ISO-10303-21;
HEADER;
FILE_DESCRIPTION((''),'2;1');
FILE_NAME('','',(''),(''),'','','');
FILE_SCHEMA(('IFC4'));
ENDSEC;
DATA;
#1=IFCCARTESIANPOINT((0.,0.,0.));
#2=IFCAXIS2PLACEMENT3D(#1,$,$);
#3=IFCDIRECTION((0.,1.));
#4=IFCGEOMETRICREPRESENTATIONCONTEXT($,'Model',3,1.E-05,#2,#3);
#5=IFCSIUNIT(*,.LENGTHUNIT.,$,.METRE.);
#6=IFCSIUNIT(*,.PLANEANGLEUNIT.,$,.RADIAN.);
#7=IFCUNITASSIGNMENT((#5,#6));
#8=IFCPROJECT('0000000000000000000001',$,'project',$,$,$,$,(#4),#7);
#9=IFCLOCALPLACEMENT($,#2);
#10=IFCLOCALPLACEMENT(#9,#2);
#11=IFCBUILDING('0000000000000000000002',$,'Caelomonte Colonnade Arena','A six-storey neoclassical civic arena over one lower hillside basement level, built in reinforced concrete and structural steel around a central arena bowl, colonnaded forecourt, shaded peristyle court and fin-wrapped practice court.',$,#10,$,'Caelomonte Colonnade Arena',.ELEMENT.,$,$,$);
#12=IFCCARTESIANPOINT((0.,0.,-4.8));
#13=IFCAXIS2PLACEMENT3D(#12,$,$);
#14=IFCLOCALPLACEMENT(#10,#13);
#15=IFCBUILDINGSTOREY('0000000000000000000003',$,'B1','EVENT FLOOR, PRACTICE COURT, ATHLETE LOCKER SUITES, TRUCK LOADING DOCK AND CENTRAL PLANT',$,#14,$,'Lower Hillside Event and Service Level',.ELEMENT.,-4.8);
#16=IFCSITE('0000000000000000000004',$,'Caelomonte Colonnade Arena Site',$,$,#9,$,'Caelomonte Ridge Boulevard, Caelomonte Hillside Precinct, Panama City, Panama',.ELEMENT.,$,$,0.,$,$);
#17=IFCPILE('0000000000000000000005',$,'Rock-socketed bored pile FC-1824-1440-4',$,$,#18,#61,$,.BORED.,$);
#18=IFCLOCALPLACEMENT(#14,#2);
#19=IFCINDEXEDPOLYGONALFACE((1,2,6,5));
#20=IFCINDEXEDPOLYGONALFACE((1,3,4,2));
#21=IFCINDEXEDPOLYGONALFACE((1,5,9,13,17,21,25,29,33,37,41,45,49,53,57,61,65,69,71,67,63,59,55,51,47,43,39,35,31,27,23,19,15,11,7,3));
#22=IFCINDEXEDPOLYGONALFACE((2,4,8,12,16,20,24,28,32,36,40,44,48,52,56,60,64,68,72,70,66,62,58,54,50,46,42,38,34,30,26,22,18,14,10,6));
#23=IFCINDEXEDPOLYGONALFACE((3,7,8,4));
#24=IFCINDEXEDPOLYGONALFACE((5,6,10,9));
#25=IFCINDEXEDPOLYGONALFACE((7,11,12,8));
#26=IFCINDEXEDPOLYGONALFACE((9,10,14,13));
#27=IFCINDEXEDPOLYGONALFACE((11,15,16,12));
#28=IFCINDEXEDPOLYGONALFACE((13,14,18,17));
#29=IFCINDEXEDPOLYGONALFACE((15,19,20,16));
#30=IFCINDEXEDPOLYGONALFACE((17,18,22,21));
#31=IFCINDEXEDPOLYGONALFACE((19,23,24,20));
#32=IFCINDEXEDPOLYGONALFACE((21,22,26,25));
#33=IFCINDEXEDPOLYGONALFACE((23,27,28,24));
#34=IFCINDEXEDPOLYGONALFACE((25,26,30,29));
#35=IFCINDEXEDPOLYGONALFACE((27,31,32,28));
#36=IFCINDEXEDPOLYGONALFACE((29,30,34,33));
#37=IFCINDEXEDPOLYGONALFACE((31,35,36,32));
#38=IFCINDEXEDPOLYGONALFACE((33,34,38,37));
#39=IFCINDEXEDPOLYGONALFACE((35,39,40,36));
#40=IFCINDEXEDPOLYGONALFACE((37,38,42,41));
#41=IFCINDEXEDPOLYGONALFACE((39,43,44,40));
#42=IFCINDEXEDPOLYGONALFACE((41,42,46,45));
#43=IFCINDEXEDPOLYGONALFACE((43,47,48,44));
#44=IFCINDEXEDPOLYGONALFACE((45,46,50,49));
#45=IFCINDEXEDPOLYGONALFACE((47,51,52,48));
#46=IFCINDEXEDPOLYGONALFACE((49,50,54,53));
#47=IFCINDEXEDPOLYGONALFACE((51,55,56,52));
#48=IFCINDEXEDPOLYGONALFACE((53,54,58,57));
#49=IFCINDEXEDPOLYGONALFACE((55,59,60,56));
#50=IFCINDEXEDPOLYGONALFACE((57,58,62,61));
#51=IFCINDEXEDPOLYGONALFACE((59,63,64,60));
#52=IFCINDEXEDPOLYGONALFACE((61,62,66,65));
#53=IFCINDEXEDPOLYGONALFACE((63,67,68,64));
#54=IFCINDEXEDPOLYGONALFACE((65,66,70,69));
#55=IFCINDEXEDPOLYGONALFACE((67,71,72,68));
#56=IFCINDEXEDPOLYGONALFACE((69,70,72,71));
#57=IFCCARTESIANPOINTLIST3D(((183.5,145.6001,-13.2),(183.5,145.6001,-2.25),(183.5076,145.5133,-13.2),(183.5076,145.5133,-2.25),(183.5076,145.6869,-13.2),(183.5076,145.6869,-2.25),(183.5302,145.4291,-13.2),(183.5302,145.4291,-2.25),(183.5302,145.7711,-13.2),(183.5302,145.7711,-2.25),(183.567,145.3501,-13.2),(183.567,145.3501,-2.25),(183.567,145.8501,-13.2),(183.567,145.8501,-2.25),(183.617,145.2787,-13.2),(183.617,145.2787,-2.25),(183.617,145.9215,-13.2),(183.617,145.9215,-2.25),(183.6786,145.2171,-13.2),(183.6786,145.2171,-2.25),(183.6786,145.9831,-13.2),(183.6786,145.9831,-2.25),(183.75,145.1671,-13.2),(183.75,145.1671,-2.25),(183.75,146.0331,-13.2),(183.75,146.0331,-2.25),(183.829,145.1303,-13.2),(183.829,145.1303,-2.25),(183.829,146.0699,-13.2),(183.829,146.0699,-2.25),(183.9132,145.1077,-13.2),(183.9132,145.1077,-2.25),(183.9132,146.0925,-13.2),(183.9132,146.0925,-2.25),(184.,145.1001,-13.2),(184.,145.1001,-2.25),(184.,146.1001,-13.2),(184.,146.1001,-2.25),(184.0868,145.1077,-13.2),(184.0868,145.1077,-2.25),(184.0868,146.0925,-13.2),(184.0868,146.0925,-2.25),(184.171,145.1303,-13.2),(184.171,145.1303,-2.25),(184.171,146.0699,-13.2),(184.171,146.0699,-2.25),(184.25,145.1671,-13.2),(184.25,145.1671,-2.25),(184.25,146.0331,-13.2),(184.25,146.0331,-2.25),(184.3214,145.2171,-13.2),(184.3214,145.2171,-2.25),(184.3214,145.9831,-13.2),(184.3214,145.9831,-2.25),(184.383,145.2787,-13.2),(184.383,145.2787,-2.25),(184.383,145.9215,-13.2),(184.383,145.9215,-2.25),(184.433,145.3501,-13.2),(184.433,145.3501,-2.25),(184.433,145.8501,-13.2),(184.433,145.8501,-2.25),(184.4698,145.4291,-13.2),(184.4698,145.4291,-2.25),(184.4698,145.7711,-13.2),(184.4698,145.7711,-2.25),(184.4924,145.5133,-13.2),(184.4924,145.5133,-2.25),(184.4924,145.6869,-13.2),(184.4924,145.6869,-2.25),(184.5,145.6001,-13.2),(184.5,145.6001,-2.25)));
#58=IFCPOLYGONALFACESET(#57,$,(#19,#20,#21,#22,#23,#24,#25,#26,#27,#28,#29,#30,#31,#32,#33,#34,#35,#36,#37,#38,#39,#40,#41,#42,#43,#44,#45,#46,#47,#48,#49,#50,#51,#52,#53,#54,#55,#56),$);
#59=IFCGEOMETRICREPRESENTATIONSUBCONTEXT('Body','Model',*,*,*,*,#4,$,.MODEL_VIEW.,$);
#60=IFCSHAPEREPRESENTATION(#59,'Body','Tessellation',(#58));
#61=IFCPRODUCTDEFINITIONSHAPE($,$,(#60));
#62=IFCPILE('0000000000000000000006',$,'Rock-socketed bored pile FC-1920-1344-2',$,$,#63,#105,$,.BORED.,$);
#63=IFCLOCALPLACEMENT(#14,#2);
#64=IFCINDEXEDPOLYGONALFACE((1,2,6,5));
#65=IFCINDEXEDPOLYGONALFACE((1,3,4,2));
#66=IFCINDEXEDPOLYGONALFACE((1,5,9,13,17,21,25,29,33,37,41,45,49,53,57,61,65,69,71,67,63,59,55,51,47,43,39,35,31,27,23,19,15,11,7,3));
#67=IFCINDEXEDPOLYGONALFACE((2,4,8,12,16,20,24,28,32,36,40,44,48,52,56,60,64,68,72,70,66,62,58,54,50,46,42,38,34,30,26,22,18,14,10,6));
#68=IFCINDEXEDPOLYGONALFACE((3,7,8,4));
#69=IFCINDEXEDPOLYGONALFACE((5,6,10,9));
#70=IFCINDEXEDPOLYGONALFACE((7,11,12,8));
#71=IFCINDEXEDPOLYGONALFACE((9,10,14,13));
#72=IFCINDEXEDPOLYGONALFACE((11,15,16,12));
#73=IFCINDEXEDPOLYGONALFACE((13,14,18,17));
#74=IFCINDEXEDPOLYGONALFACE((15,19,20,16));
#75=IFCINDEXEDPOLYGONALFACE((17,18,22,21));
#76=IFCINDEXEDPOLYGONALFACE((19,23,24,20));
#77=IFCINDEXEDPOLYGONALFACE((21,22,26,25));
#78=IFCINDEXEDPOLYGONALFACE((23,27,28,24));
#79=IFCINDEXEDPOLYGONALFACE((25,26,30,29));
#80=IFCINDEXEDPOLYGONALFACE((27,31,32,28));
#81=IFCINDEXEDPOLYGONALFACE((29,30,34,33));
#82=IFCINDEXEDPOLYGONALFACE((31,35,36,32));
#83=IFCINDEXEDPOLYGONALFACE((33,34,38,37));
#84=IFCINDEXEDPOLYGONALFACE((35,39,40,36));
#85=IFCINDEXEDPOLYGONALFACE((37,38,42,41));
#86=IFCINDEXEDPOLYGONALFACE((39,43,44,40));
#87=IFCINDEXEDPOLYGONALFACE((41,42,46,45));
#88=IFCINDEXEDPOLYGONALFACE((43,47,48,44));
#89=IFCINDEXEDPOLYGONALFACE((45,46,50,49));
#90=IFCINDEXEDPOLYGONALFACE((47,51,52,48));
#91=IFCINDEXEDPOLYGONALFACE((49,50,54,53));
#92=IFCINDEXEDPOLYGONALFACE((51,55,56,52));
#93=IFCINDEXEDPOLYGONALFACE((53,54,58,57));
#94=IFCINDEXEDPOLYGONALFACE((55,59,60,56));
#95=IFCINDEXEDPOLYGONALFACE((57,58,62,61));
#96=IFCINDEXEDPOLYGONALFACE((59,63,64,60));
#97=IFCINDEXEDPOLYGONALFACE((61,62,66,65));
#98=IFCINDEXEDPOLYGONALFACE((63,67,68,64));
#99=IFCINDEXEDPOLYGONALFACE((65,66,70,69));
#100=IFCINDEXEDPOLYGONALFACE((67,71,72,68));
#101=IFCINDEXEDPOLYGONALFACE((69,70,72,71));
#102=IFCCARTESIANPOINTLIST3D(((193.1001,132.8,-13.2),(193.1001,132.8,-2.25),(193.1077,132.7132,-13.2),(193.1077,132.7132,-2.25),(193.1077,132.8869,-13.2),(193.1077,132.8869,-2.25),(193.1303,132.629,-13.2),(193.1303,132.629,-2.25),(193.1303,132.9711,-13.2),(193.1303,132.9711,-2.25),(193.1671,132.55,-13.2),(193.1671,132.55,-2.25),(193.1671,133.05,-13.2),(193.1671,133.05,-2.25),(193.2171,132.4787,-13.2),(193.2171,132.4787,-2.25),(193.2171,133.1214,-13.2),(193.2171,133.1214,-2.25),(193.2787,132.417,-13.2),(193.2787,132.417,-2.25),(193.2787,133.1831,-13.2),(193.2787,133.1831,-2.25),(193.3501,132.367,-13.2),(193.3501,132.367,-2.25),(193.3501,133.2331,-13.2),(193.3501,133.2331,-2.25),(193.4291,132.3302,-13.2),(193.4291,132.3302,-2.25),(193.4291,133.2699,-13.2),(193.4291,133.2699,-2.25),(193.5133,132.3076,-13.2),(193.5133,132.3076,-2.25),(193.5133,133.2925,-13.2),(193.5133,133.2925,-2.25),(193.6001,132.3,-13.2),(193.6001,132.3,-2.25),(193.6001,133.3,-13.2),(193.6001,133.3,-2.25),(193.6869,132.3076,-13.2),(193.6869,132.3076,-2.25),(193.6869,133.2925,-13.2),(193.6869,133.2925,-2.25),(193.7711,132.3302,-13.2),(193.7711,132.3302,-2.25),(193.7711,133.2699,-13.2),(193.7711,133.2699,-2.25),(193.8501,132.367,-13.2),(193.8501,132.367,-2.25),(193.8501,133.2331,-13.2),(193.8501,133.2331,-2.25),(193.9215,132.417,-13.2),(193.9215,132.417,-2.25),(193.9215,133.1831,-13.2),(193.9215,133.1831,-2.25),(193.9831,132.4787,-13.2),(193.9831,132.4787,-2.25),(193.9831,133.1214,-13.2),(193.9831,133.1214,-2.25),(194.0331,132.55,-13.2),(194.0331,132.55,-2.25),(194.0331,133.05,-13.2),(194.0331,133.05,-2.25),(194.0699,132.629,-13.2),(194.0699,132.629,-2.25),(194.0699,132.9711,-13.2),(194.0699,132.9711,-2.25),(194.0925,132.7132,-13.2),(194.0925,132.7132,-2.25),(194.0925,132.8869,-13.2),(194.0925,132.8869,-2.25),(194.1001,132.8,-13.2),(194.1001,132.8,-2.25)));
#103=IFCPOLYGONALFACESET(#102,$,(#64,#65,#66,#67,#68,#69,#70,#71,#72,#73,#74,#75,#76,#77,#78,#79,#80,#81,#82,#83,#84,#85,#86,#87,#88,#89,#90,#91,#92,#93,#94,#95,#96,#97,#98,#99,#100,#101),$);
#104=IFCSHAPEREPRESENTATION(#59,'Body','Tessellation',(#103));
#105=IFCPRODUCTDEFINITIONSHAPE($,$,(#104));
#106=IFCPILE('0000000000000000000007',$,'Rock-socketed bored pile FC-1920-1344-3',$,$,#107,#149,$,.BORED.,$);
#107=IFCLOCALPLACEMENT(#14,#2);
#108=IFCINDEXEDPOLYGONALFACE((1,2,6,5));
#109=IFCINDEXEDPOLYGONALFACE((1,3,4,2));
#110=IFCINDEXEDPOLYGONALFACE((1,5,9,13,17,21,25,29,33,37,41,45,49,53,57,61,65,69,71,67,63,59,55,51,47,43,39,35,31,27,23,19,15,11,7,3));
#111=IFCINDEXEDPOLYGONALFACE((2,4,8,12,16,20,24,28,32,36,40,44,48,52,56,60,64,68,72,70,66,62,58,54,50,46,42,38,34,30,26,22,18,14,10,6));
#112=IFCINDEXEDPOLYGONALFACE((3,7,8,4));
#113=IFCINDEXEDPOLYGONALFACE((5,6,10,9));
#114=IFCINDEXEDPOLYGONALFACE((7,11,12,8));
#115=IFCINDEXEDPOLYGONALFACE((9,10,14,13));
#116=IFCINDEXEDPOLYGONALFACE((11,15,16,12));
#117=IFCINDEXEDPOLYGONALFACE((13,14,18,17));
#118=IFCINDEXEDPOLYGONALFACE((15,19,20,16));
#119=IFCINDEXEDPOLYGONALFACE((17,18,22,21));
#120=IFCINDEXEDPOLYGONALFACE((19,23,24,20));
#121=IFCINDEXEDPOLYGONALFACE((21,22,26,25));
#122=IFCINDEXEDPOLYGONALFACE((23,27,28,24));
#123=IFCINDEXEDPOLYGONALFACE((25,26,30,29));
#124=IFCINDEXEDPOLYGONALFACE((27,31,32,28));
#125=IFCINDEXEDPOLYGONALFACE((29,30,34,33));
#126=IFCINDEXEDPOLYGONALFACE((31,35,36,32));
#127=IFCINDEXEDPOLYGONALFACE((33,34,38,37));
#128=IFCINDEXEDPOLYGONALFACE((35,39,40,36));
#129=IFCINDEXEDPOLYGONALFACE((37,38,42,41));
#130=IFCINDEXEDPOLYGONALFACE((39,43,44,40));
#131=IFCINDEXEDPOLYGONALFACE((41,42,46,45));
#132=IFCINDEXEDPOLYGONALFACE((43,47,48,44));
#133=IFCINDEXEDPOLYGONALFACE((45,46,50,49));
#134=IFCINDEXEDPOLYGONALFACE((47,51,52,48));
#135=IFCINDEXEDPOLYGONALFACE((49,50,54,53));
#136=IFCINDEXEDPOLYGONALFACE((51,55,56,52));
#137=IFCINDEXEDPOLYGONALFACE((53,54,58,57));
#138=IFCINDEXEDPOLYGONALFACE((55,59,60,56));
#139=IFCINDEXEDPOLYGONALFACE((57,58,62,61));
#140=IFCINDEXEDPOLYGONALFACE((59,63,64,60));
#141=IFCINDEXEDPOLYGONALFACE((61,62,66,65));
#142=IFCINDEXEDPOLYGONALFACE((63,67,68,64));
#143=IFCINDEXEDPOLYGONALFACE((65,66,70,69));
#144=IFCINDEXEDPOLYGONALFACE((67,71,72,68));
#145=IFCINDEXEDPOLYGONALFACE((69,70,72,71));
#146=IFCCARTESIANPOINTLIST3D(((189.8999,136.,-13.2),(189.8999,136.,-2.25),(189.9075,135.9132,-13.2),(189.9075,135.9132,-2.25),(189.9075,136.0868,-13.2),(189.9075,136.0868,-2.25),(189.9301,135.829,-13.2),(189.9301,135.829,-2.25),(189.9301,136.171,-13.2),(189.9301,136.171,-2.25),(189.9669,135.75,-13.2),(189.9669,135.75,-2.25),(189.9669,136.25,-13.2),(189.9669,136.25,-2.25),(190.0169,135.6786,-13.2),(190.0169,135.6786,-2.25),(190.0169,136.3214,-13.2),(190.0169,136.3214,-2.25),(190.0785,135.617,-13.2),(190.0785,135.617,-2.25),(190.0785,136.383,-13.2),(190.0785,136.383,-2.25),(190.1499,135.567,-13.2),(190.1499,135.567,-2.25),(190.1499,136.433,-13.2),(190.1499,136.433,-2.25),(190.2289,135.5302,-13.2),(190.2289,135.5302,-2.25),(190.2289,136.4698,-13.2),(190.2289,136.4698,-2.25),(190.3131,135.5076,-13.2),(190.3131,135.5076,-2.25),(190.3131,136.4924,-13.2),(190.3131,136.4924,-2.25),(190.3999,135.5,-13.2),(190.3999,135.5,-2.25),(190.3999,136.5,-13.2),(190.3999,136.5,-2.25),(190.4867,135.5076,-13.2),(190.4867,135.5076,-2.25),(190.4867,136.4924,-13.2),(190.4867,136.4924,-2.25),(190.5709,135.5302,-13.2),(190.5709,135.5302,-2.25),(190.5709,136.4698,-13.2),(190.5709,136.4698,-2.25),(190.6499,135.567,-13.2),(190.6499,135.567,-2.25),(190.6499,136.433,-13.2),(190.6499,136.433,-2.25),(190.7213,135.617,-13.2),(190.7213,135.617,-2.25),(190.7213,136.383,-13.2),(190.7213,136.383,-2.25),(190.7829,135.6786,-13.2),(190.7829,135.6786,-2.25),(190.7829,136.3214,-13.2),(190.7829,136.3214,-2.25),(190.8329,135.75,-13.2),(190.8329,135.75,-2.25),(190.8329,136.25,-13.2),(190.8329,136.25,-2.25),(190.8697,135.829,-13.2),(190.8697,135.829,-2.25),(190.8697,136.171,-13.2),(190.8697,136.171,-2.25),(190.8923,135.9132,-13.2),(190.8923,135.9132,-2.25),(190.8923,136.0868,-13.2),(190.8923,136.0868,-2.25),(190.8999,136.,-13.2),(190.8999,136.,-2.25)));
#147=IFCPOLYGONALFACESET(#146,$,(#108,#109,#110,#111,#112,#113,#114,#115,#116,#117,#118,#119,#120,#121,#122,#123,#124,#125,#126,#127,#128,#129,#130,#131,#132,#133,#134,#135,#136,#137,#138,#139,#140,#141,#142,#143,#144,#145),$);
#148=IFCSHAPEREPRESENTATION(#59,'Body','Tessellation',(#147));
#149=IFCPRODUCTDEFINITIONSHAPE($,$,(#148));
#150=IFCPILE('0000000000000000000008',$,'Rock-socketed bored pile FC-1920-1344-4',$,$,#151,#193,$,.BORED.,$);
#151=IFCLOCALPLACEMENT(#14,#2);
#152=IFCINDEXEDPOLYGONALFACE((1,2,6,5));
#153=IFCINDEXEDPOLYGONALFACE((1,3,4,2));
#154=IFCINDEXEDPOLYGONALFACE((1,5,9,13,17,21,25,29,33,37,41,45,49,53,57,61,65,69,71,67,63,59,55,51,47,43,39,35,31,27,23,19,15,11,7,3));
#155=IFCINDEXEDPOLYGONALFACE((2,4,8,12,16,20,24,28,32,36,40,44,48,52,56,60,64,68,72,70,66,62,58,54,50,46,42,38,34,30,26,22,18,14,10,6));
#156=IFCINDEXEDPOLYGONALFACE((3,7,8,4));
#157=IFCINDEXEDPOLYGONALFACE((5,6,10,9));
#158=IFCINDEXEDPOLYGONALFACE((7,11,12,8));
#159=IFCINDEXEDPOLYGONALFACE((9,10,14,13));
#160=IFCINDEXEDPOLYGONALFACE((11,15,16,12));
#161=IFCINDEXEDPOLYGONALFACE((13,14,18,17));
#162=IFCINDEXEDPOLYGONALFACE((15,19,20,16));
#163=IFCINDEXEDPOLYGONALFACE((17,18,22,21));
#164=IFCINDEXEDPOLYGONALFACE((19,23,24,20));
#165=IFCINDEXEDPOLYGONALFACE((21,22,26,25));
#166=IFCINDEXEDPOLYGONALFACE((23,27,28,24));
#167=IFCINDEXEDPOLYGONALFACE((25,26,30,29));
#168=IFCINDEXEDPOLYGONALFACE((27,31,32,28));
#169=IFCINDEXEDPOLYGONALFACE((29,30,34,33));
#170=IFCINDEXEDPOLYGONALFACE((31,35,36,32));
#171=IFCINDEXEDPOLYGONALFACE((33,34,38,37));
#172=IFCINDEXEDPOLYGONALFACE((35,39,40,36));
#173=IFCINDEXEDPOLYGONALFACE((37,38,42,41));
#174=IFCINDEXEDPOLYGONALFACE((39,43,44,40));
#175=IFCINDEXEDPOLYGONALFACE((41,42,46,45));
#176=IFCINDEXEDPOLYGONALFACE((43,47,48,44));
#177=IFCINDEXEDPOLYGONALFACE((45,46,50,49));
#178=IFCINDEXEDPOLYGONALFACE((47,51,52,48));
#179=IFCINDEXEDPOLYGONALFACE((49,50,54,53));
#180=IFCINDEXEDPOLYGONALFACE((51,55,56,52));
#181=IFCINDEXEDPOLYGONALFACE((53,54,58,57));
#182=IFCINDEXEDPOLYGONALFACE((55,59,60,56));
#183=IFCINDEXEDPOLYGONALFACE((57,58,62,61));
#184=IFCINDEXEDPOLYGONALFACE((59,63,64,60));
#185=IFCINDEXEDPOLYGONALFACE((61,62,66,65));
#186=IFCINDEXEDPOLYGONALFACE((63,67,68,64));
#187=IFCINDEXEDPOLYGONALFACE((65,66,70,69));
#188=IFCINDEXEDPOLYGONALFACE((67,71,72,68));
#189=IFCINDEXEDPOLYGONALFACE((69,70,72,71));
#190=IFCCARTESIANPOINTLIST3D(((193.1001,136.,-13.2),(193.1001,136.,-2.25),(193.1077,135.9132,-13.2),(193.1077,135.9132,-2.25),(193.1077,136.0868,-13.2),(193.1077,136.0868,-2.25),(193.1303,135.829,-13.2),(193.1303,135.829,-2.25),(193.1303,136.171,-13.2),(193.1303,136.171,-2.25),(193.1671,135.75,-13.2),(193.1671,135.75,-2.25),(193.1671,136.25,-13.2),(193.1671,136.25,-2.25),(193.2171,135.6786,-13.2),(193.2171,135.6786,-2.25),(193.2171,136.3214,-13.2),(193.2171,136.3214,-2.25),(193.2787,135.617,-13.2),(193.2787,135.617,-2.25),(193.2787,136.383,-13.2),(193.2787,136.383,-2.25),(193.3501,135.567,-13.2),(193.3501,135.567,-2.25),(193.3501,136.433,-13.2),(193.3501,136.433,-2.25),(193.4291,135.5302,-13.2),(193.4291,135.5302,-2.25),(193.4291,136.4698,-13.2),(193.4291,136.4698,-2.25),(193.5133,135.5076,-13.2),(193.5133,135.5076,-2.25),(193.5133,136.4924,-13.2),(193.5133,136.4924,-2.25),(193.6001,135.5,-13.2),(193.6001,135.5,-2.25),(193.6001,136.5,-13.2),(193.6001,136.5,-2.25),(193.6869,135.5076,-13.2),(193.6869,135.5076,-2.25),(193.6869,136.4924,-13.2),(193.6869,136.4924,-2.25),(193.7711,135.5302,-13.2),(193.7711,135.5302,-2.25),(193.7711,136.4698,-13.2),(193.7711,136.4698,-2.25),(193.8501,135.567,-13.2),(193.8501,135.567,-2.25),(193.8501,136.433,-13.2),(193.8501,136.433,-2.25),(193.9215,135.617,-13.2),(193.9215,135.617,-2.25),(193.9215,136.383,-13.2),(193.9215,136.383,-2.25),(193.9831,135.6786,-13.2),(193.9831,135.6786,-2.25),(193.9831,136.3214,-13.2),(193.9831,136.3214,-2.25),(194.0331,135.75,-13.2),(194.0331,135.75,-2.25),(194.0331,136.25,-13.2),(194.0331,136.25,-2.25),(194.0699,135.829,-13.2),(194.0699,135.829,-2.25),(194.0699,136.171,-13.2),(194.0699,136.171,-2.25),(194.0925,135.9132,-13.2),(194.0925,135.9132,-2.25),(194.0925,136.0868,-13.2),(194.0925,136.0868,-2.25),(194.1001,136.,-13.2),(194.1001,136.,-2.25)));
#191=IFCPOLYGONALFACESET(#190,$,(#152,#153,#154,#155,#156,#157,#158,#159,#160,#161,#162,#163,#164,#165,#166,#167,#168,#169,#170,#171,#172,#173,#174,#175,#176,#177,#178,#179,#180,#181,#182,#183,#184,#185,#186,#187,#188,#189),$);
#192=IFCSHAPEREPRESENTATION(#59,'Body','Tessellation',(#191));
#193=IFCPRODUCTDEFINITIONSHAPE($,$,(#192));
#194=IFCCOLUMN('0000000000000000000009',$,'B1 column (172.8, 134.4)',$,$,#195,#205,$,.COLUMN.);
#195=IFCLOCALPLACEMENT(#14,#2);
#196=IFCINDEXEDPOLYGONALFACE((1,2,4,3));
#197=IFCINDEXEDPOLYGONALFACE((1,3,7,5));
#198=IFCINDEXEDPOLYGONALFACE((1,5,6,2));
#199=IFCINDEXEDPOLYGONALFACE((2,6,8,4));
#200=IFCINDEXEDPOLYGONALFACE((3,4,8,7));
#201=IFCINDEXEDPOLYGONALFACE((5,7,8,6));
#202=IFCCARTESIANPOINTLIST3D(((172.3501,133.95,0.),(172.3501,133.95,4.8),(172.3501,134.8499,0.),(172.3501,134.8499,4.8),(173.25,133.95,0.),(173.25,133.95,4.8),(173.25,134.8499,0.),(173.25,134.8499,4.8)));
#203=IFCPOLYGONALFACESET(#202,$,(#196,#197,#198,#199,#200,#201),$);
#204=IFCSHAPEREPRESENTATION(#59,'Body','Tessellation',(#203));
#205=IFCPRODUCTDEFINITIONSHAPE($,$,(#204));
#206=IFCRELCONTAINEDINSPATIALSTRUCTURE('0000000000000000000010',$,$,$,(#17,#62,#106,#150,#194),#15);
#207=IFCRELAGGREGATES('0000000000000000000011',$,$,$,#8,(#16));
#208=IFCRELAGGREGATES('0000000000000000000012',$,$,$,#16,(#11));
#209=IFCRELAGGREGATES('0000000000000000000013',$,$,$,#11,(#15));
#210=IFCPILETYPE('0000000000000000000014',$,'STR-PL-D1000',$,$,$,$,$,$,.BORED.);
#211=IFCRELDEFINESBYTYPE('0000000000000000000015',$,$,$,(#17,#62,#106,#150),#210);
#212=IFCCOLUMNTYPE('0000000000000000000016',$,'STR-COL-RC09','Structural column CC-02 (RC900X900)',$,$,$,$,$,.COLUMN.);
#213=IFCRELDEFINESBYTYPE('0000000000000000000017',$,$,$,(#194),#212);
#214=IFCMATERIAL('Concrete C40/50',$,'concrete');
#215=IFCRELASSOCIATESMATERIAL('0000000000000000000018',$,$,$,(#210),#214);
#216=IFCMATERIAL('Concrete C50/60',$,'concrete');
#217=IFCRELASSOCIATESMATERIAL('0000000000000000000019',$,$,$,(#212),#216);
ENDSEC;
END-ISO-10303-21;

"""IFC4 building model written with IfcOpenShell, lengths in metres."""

from ifc_helpers import new_model, si_unit, direction, frame, origin, origin_2d, place, context, subcontext, project, spatial, rectangle, circle, extrude, material, material_profile, profile_set, type_object, element, save


model = new_model("IFC4")

# Units and contexts
model_context = context("Model", 3, precision=1e-05, world=origin(), true_north=direction((0.0, 1.0)))
body_context = subcontext(model_context, "Body", "Model", "MODEL_VIEW")
ifc_project = project(units=[si_unit("LENGTHUNIT", "METRE"), si_unit("PLANEANGLEUNIT", "RADIAN")], contexts=[model_context])

# Site, building, storey
site_placement = place(None, origin())
site = spatial("IfcSite", under=ifc_project, at=site_placement, Name="Caelomonte Colonnade Arena Site", LongName="Caelomonte Ridge Boulevard, Caelomonte Hillside Precinct, Panama City, Panama", CompositionType="ELEMENT", RefElevation=0.0)
building_placement = place(site_placement, origin())
building = spatial("IfcBuilding", under=site, at=building_placement, Name="Caelomonte Colonnade Arena", Description="A six-storey neoclassical civic arena over one lower hillside basement level, built in reinforced concrete and structural steel around a central arena bowl, colonnaded forecourt, shaded peristyle court and fin-wrapped practice court.", LongName="Caelomonte Colonnade Arena", CompositionType="ELEMENT")
storey_placement = place(building_placement, frame((0.0, 0.0, -4.8)))
storey = spatial("IfcBuildingStorey", under=building, at=storey_placement, Name="B1", Description="EVENT FLOOR, PRACTICE COURT, ATHLETE LOCKER SUITES, TRUCK LOADING DOCK AND CENTRAL PLANT", LongName="Lower Hillside Event and Service Level", CompositionType="ELEMENT", Elevation=-4.8)

# Shared definitions
ifc_material_1 = material(Name="Concrete C40/50", Category="concrete")

# Piles
ifc_material_profile_1 = material_profile(ifc_material_1, circle(Radius=0.5, at=origin_2d()), Name="PILE-D1000")
ifc_profile_set_1 = profile_set([ifc_material_profile_1], Name="Concrete C40/50")
pile_type = type_object("IfcPileType", Name="STR-PL-D1000", PredefinedType="BORED", material=ifc_profile_set_1)
for number, where, z_axis, x_axis, name in (
    (1, (184.0, 145.6001, -2.25), (0.0, 0.0, -1.0), (1.0, 0.0, 0.0), "Rock-socketed bored pile FC-1824-1440-4"),
    (2, (193.6001, 132.8, -2.25), (0.0, 0.0, -1.0), (1.0, 0.0, 0.0), "Rock-socketed bored pile FC-1920-1344-2"),
    (3, (190.3999, 136.0, -2.25), (0.0, 0.0, -1.0), (1.0, 0.0, 0.0), "Rock-socketed bored pile FC-1920-1344-3"),
    (4, (193.6001, 136.0, -2.25), (0.0, 0.0, -1.0), (1.0, 0.0, 0.0), "Rock-socketed bored pile FC-1920-1344-4"),
):
    element("IfcPile", number, at=place(storey_placement, frame(where, z_axis=z_axis, x_axis=x_axis)), inside=storey, type_object=pile_type, Name=name, PredefinedType="BORED", context=body_context, shape_type="SweptSolid", body=[
        extrude(circle(Radius=0.5, at=origin_2d()), origin(), (0.0, 0.0, 1.0), 10.95),
    ])

# Column
ifc_material_2 = material(Name="Concrete C50/60", Category="concrete")
ifc_material_profile_2 = material_profile(ifc_material_2, rectangle(XDim=0.8999, YDim=0.8999, at=origin_2d()), Name="RC900X900")
ifc_profile_set_2 = profile_set([ifc_material_profile_2], Name="Concrete C50/60")
column_type = type_object("IfcColumnType", Name="STR-COL-RC09", Description="Structural column CC-02 (RC900X900)", PredefinedType="COLUMN", material=ifc_profile_set_2)
for number, where, z_axis, x_axis, name in (
    (5, (172.8, 134.3999, 0.0), (0.0, 0.0, 1.0), (1.0, 0.0, 0.0), "B1 column (172.8, 134.4)"),
):
    element("IfcColumn", number, at=place(storey_placement, frame(where, z_axis=z_axis, x_axis=x_axis)), inside=storey, type_object=column_type, Name=name, PredefinedType="COLUMN", context=body_context, shape_type="SweptSolid", body=[
        extrude(rectangle(XDim=0.8999, YDim=0.8999, at=origin_2d()), origin(), (0.0, 0.0, 1.0), 4.8),
    ])

save(model, "model.ifc")
